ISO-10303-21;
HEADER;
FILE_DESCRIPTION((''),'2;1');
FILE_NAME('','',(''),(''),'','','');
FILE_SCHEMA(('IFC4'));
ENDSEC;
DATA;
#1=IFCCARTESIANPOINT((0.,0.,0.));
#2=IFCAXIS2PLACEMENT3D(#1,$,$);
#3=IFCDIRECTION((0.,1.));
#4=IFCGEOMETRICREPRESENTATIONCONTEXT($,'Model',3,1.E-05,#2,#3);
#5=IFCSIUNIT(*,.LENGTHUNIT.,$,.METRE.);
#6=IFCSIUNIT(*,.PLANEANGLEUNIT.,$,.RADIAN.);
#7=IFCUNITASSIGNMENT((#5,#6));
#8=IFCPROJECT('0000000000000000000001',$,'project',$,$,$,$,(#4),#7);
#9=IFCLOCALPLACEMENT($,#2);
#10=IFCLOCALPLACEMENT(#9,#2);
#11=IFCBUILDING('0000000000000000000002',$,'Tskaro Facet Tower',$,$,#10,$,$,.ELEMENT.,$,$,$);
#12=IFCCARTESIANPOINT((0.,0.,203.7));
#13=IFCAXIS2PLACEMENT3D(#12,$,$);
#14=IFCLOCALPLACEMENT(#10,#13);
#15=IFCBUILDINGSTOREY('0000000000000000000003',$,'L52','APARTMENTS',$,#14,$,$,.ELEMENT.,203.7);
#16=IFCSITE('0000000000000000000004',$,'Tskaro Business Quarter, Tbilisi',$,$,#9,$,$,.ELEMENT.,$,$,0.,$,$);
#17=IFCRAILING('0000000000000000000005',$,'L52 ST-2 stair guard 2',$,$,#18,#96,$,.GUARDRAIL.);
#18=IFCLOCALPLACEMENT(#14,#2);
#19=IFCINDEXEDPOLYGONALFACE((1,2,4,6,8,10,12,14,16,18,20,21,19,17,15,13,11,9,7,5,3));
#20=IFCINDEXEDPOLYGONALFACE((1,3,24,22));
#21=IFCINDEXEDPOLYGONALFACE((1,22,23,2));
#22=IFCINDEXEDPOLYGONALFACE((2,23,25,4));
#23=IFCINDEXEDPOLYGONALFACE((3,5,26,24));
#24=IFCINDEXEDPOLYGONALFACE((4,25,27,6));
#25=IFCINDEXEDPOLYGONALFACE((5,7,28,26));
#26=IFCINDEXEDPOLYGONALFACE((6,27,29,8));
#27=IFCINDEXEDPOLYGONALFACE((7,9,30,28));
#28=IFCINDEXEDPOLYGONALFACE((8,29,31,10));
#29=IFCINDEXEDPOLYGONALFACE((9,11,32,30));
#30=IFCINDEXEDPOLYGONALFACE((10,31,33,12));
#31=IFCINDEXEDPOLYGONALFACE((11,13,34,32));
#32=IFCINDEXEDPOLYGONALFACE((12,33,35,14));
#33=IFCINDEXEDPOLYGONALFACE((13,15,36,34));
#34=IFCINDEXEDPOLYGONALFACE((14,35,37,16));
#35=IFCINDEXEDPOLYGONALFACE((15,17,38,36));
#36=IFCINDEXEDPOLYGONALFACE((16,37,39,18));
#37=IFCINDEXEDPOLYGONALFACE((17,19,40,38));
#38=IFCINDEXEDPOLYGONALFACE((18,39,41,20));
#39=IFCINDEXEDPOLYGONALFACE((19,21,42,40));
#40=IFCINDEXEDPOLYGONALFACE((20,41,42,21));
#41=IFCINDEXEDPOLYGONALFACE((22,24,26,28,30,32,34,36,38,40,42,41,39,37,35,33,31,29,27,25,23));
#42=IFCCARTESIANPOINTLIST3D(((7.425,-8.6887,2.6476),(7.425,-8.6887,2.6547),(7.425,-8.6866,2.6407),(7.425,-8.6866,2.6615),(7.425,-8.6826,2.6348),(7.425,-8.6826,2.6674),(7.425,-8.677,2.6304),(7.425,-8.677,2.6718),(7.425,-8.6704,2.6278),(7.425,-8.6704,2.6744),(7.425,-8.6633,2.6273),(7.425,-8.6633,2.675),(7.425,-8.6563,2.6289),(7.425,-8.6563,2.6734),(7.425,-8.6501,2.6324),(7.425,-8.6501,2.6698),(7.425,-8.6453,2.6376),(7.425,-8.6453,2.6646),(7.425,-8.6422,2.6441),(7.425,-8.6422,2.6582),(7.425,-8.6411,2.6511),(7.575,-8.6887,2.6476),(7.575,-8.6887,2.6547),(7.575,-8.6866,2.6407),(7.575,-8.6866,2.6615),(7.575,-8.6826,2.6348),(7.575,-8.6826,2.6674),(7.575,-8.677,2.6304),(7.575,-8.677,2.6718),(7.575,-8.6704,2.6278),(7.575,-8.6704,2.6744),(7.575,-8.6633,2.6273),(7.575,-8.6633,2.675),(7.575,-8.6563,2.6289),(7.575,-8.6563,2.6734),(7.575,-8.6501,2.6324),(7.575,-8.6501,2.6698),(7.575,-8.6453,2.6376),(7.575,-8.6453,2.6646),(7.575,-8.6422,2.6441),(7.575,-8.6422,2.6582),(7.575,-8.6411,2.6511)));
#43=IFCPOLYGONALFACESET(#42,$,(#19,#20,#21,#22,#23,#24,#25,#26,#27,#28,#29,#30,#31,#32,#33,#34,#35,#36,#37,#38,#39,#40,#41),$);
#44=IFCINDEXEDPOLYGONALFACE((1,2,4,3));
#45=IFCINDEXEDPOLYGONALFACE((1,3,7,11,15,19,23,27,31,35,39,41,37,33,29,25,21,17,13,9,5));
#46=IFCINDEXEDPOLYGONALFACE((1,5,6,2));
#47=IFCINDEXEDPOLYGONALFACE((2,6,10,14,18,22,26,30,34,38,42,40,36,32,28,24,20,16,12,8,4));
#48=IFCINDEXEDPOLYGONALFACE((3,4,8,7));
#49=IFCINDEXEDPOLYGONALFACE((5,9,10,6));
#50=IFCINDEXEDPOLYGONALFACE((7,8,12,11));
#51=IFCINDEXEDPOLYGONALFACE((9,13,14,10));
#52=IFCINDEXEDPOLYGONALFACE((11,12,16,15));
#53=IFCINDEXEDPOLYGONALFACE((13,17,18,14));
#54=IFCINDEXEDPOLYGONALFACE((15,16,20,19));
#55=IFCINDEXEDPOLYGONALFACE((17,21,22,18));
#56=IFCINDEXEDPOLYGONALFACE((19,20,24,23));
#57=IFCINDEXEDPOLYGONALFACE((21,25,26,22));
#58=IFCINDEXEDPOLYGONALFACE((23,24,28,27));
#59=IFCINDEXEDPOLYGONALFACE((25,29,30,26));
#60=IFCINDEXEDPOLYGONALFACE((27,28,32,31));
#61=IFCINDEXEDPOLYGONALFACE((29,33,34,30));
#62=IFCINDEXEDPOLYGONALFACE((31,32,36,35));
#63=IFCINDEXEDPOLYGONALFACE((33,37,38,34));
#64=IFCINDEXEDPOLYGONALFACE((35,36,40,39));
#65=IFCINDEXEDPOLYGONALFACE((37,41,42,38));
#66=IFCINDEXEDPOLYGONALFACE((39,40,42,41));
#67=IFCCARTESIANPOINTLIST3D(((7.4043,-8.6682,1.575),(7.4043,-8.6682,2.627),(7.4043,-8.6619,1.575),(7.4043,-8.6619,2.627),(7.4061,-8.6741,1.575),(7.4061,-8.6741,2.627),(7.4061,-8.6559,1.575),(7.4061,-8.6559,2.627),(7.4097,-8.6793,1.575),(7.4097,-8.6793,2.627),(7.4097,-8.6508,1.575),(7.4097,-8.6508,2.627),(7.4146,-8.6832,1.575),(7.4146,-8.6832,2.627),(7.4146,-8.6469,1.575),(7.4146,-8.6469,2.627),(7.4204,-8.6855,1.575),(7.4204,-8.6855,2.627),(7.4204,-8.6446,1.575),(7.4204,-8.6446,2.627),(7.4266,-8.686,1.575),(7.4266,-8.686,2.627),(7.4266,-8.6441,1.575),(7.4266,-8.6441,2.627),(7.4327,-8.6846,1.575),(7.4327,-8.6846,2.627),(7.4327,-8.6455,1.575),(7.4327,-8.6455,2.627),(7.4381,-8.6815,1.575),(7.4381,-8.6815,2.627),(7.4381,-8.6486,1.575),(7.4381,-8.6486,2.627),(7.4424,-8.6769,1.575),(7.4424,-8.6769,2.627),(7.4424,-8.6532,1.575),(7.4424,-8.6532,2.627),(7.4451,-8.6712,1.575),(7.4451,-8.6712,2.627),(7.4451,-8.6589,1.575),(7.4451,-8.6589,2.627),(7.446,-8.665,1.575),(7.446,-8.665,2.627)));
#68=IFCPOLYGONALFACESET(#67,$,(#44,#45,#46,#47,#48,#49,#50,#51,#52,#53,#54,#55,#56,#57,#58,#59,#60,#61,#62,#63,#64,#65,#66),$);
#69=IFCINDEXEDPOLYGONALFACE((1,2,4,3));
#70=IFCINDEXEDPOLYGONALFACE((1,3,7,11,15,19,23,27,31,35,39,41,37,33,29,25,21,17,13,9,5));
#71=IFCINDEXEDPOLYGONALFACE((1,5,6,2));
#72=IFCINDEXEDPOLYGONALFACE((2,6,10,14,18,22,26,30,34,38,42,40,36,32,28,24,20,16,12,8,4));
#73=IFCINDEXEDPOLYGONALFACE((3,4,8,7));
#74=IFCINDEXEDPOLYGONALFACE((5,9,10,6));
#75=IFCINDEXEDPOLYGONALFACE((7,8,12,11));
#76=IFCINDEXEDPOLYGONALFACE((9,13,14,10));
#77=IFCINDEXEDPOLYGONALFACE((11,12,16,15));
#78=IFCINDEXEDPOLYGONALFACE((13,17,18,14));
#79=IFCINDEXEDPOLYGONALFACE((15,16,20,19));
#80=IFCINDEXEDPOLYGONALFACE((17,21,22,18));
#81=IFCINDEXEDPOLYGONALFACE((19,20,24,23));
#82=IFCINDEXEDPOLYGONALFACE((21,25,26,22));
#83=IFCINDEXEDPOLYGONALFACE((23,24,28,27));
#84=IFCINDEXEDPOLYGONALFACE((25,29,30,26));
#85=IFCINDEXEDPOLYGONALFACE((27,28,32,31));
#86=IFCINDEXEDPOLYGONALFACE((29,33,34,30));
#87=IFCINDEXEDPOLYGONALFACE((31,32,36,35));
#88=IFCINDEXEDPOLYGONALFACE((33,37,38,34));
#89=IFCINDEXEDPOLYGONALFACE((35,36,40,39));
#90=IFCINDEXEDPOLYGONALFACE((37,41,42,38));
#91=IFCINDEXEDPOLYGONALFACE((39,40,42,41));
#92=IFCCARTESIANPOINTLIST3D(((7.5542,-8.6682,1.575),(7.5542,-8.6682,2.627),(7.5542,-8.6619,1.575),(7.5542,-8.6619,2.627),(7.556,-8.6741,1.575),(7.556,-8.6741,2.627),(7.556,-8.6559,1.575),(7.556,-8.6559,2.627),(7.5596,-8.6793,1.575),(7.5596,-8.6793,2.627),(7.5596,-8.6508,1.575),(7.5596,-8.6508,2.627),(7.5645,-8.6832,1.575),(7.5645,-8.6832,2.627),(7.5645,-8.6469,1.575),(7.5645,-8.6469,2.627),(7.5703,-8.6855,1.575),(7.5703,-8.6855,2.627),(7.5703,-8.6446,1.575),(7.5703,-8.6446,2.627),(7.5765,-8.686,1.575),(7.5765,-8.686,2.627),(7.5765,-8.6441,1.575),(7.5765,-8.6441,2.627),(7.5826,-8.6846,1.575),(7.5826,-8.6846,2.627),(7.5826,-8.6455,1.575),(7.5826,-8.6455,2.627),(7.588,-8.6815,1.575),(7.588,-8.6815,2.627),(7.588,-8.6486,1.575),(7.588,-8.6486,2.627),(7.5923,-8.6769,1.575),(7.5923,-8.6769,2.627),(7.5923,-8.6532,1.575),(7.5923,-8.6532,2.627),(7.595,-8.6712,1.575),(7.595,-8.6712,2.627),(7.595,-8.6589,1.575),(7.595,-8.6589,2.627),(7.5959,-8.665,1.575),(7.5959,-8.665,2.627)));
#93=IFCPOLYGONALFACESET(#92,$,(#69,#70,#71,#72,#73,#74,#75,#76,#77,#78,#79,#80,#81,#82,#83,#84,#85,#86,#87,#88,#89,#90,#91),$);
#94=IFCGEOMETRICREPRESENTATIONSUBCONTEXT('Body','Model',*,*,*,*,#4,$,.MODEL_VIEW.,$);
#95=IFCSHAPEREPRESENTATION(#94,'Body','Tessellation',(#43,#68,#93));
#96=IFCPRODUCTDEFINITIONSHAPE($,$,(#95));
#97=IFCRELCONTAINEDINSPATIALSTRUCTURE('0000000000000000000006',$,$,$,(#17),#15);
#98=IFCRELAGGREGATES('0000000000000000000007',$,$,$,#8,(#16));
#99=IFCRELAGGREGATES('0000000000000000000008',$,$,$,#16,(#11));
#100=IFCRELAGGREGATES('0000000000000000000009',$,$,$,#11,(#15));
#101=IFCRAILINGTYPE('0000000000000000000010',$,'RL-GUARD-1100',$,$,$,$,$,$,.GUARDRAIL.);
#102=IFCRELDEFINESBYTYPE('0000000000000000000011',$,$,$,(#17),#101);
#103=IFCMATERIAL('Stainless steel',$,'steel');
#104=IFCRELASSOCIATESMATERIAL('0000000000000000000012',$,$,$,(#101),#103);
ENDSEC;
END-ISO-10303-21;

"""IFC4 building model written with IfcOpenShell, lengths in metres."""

from ifc_helpers import new_model, si_unit, direction, frame, origin, origin_2d, place, context, subcontext, project, spatial, circle, extrude, material, type_object, element, save


model = new_model("IFC4")

# Units and contexts
model_context = context("Model", 3, precision=1e-05, world=origin(), true_north=direction((0.0, 1.0)))
body_context = subcontext(model_context, "Body", "Model", "MODEL_VIEW")
ifc_project = project(units=[si_unit("LENGTHUNIT", "METRE"), si_unit("PLANEANGLEUNIT", "RADIAN")], contexts=[model_context])

# Site, building, storey
site_placement = place(None, origin())
site = spatial("IfcSite", under=ifc_project, at=site_placement, Name="Tskaro Business Quarter, Tbilisi", CompositionType="ELEMENT", RefElevation=0.0)
building_placement = place(site_placement, origin())
building = spatial("IfcBuilding", under=site, at=building_placement, Name="Tskaro Facet Tower", CompositionType="ELEMENT")
storey_placement = place(building_placement, frame((0.0, 0.0, 203.7)))
storey = spatial("IfcBuildingStorey", under=building, at=storey_placement, Name="L52", Description="APARTMENTS", CompositionType="ELEMENT", Elevation=203.7)

# Railing
ifc_material_1 = material(Name="Stainless steel", Category="steel")
railing_type_1 = type_object("IfcRailingType", Name="RL-GUARD-1100", PredefinedType="GUARDRAIL", material=ifc_material_1)
railing_1_placement = place(storey_placement, frame((7.425, -8.665, 1.575)))
element("IfcRailing", 1, at=railing_1_placement, inside=storey, type_object=railing_type_1, Name="L52 ST-2 stair guard 2", PredefinedType="GUARDRAIL", context=body_context, shape_type="SweptSolid", body=[
    extrude(circle(Radius=0.0239, at=origin_2d()), frame((0.0, 0.0, 1.0762), z_axis=(1.0, 0.0, 0.0), x_axis=(0.0, 1.0, 0.0)), (0.0, 0.0, 1.0), 0.1499),
    extrude(circle(Radius=0.021, at=origin_2d()), origin(), (0.0, 0.0, 1.0), 1.052),
    extrude(circle(Radius=0.021, at=origin_2d()), frame((0.1499, 0.0, 0.0)), (0.0, 0.0, 1.0), 1.052),
])

save(model, "model.ifc")
